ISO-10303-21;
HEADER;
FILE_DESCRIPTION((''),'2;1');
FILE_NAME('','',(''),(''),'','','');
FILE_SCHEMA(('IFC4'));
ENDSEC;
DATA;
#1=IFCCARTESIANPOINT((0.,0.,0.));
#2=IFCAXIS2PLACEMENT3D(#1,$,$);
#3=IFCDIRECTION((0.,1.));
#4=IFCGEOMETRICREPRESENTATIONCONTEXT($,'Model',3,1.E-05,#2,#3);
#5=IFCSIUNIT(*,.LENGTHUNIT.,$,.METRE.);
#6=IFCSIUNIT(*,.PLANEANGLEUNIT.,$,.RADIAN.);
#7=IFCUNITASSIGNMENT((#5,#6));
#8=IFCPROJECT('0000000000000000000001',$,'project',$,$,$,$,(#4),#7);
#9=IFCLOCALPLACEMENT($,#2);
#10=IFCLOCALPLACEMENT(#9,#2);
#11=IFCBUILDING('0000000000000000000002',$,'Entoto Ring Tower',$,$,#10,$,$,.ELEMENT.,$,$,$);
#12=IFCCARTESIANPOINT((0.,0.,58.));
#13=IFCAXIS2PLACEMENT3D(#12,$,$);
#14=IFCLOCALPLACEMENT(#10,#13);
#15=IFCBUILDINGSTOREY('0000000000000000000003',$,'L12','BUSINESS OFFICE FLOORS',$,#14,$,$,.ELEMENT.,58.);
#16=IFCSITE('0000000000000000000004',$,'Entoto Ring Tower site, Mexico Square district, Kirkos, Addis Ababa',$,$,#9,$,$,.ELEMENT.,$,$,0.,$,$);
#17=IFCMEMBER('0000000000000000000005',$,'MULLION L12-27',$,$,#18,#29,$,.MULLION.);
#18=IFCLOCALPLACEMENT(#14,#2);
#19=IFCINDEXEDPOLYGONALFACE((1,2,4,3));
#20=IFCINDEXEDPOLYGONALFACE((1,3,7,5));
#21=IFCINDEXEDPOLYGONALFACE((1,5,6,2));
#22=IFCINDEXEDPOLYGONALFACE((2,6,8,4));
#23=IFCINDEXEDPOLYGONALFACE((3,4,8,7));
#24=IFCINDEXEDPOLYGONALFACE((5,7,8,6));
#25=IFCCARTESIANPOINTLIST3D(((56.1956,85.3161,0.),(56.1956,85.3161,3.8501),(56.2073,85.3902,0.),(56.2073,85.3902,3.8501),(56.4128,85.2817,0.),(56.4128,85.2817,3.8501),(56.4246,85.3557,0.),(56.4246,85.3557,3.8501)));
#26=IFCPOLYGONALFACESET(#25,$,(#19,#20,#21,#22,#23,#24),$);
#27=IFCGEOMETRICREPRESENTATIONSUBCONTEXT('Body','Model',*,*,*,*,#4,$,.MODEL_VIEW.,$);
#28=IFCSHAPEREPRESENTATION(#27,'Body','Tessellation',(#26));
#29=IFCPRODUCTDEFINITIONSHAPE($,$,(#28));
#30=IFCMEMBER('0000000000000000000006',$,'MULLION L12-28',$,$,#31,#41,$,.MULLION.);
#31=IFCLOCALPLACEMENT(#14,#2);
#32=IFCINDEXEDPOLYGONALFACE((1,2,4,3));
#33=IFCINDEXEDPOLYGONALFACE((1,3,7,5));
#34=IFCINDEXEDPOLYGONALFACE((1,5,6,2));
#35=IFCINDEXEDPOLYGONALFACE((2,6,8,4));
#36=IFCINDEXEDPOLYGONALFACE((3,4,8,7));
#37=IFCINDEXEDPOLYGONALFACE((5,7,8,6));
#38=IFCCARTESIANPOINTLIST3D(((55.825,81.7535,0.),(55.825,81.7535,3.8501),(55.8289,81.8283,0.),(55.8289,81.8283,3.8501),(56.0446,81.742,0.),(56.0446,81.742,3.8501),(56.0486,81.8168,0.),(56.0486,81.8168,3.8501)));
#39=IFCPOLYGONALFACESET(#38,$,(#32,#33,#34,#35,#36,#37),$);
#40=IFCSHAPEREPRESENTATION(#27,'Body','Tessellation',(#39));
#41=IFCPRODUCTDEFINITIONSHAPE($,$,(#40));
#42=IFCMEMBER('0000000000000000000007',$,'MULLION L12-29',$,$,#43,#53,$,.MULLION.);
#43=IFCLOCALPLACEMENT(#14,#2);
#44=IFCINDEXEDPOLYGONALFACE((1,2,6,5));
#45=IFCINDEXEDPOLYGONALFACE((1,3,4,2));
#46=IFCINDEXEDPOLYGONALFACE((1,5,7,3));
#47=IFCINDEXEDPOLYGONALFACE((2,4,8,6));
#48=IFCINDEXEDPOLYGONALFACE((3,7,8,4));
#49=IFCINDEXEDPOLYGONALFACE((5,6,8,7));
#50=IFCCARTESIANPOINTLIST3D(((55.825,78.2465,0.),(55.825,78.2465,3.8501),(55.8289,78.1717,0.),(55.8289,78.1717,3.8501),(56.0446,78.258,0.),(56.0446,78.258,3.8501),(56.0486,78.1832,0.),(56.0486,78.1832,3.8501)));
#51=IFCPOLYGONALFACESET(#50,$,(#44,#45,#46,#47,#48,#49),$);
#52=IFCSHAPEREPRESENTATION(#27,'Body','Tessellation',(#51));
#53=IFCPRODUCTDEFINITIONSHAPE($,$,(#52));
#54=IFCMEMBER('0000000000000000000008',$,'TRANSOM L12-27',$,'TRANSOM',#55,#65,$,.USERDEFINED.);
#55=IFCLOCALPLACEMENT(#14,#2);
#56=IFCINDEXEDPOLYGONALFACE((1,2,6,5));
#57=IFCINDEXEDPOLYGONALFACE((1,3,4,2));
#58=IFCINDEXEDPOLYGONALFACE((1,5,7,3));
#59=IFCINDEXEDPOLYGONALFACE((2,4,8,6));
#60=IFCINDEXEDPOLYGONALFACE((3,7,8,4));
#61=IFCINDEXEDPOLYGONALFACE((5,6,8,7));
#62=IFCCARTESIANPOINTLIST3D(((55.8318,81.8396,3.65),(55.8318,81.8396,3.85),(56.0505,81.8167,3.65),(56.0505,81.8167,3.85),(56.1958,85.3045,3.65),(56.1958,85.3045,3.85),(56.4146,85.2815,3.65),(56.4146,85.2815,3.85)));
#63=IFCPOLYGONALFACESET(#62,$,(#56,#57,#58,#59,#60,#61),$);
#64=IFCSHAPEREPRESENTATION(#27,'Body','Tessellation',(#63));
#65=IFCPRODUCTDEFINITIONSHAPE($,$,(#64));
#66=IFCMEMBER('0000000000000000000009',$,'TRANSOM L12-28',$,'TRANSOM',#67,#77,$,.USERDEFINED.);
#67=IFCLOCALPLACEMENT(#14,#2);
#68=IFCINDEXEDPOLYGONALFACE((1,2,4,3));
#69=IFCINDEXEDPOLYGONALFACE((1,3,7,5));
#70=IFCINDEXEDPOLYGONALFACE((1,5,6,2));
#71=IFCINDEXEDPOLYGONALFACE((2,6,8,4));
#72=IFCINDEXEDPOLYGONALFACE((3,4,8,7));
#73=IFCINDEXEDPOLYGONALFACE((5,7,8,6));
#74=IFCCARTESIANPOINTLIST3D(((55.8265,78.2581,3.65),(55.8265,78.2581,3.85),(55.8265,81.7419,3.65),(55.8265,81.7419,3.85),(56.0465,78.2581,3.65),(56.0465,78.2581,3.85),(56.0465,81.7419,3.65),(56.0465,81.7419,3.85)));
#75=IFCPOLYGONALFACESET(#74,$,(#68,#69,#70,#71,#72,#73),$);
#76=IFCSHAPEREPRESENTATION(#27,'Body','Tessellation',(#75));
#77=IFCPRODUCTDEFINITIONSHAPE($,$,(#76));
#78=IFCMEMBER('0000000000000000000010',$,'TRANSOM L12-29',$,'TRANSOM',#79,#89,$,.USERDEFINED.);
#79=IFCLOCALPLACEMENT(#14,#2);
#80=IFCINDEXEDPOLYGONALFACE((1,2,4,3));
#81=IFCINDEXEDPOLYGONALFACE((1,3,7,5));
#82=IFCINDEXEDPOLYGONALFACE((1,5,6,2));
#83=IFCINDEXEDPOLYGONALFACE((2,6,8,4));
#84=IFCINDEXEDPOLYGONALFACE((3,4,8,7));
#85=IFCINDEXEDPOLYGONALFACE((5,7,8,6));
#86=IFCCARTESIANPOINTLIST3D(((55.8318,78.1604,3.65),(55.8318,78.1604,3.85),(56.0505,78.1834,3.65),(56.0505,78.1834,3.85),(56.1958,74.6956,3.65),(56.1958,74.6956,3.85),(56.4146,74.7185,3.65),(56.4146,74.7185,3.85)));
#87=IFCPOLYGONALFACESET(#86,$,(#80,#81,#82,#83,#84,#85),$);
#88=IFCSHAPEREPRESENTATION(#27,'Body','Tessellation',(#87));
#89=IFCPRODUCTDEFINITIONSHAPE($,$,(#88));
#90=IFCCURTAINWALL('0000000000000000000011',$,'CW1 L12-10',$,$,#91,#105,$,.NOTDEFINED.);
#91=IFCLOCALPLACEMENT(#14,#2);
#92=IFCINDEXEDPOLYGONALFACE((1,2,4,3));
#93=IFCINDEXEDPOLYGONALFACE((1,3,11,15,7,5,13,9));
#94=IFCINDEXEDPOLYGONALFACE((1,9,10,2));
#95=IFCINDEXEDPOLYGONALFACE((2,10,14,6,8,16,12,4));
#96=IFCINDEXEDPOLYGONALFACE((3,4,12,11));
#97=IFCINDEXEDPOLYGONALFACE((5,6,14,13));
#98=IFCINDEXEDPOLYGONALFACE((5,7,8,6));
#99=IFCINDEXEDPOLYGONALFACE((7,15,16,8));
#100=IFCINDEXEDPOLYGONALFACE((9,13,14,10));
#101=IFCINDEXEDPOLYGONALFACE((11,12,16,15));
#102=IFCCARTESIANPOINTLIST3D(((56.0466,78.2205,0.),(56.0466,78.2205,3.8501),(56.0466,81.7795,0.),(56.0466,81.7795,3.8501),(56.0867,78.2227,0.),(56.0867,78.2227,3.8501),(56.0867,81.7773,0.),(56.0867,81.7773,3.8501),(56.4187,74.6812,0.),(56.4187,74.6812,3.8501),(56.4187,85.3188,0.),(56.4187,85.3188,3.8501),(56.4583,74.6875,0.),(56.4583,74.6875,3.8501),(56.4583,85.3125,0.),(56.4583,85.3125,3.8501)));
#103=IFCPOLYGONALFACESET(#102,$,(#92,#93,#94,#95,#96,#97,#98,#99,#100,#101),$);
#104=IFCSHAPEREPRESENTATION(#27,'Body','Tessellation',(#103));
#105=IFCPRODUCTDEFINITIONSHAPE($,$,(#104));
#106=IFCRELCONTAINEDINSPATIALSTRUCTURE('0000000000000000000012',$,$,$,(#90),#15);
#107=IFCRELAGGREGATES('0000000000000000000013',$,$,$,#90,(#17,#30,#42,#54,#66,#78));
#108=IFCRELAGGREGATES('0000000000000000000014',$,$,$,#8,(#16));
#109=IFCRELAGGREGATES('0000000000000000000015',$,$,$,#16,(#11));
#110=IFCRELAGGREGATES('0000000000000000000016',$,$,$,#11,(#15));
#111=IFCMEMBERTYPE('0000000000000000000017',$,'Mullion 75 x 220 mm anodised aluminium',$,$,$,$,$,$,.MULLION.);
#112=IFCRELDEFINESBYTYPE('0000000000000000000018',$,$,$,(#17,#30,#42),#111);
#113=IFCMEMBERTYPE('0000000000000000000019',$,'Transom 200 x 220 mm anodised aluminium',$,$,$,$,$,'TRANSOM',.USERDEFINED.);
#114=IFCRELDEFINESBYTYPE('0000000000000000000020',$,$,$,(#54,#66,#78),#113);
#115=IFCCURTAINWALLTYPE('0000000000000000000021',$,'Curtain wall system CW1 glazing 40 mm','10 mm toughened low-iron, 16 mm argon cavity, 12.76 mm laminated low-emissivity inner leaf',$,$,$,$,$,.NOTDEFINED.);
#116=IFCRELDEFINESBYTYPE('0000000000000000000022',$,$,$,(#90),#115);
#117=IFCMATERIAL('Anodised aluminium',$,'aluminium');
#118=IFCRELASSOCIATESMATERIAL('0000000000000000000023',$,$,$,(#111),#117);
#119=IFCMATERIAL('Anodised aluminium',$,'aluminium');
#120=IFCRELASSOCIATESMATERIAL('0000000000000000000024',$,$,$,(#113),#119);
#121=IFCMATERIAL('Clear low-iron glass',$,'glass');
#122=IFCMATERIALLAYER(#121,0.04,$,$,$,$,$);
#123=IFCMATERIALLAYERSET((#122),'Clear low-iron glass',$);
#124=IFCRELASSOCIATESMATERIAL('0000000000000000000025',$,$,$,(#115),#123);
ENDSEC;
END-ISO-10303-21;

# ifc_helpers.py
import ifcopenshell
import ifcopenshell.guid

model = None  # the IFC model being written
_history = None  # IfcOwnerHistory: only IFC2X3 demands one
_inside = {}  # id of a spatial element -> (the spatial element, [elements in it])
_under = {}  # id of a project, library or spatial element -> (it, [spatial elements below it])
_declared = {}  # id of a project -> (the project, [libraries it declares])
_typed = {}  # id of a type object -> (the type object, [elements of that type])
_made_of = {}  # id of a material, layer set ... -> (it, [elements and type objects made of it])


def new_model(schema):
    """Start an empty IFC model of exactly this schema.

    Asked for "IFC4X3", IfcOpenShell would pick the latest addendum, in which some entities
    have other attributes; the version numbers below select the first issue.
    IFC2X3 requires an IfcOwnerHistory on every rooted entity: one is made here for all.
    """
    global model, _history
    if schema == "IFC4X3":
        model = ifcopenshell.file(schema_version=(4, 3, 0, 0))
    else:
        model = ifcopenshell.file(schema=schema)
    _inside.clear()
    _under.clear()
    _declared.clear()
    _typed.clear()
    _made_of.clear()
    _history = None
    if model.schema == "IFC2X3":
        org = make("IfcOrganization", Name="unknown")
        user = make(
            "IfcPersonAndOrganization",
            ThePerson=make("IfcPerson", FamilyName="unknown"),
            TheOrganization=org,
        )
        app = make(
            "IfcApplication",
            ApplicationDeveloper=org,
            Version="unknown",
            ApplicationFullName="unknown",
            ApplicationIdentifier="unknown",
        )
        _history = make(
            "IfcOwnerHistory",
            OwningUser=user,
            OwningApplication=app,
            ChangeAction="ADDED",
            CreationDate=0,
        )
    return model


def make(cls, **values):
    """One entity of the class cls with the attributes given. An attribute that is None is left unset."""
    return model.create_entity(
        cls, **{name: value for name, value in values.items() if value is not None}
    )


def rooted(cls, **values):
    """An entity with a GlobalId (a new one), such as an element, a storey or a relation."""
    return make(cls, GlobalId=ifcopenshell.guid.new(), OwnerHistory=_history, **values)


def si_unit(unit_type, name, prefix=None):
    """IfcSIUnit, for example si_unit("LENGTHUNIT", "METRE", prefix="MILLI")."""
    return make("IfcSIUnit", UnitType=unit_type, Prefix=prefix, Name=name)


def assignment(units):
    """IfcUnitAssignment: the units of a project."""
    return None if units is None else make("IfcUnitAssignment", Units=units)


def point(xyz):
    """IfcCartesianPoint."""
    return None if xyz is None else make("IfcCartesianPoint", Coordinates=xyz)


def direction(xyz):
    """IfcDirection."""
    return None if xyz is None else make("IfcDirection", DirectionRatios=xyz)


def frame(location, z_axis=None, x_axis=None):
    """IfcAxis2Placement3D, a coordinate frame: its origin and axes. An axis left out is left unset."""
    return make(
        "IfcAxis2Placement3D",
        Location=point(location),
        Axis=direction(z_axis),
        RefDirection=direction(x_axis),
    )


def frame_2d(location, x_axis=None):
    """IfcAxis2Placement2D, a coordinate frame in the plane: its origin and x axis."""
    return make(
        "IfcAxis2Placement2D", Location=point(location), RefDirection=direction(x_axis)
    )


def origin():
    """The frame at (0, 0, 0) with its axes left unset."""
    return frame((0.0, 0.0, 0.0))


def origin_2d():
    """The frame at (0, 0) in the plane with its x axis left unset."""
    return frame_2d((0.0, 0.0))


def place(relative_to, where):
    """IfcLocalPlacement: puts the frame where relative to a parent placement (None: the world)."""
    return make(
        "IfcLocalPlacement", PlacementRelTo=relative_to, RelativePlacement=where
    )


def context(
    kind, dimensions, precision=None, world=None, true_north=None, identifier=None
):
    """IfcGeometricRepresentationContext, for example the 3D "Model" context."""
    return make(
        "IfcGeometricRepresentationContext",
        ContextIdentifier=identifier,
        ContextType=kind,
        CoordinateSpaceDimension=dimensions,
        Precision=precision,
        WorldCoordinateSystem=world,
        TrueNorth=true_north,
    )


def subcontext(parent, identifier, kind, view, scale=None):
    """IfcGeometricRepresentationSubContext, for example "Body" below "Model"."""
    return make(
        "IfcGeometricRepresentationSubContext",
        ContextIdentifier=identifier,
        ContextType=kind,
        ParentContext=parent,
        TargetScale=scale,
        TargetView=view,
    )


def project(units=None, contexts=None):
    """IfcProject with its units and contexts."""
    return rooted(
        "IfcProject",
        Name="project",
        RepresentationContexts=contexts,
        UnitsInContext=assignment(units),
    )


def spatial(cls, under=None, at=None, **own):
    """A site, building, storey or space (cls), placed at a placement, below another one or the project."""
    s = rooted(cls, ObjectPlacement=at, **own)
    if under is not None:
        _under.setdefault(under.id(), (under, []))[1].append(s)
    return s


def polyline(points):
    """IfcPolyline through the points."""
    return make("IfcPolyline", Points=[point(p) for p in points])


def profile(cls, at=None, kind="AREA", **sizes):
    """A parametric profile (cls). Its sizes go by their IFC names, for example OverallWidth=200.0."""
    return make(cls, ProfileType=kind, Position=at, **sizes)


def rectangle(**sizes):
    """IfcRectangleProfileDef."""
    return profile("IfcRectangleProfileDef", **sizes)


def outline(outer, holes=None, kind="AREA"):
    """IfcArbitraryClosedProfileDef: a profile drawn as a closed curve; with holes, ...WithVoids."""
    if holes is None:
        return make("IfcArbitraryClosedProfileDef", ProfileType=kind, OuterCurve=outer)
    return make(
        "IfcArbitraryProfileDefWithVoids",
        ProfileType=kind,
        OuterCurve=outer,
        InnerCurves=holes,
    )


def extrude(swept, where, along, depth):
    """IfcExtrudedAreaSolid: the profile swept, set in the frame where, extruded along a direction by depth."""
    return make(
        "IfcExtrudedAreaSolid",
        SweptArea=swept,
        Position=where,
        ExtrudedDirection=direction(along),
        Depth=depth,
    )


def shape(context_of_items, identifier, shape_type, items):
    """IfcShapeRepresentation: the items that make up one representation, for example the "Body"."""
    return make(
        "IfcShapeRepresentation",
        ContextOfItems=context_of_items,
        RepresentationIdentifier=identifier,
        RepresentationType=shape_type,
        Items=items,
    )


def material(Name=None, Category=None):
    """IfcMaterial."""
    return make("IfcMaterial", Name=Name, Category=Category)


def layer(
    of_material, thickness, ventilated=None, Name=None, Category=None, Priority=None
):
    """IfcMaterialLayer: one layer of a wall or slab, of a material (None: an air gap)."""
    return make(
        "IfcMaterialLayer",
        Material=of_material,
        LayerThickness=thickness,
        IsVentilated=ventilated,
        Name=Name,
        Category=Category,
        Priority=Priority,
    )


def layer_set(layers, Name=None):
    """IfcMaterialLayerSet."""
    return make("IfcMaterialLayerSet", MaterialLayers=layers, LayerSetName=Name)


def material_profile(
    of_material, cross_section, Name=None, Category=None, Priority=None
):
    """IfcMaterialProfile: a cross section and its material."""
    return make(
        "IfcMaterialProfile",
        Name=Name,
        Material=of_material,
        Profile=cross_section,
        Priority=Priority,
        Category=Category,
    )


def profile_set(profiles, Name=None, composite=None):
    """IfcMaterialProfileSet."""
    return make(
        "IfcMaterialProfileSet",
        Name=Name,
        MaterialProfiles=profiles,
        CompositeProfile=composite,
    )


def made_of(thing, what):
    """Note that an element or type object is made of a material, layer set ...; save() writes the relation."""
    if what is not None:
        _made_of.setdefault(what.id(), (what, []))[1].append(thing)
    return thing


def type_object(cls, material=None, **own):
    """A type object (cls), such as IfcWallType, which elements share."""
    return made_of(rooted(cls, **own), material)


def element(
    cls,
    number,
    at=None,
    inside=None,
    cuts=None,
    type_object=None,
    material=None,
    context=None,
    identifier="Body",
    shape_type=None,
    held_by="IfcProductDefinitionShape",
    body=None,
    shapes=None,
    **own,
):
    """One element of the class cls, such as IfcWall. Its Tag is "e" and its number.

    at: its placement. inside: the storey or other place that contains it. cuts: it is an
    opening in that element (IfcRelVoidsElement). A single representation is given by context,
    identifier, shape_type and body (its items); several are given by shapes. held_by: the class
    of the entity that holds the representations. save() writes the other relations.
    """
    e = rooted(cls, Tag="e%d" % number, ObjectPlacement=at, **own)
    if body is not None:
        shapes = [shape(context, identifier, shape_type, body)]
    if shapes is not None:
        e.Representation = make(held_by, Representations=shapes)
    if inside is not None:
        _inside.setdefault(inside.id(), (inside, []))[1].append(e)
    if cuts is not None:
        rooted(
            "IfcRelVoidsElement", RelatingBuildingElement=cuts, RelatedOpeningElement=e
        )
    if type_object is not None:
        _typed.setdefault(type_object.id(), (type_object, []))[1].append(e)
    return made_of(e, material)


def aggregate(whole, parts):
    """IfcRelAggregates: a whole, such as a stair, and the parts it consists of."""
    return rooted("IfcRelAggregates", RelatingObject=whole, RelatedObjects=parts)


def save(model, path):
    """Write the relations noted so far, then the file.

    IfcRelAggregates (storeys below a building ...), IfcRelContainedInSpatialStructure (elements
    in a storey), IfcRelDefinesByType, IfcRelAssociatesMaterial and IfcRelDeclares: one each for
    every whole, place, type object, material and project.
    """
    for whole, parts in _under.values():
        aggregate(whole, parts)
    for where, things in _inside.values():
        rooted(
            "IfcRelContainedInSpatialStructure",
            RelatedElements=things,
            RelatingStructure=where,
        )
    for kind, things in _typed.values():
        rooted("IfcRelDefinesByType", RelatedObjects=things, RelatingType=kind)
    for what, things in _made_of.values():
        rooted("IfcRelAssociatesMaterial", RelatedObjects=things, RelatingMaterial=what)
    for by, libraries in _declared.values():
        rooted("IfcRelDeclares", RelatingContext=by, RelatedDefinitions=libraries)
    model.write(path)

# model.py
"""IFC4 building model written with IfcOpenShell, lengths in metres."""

from ifc_helpers import new_model, si_unit, direction, frame, origin, origin_2d, place, context, subcontext, project, spatial, polyline, rectangle, outline, extrude, material, layer, layer_set, material_profile, profile_set, type_object, element, aggregate, save


model = new_model("IFC4")

# Units and contexts
model_context = context("Model", 3, precision=1e-05, world=origin(), true_north=direction((0.0, 1.0)))
body_context = subcontext(model_context, "Body", "Model", "MODEL_VIEW")
ifc_project = project(units=[si_unit("LENGTHUNIT", "METRE"), si_unit("PLANEANGLEUNIT", "RADIAN")], contexts=[model_context])

# Members
ifc_material_1 = material(Name="Anodised aluminium", Category="aluminium")
ifc_material_profile_1 = material_profile(ifc_material_1, rectangle(XDim=0.075, YDim=0.22, at=origin_2d()), Name="Mullion 75 x 220 mm anodised aluminium")
ifc_profile_set_1 = profile_set([ifc_material_profile_1], Name="Anodised aluminium")
member_type_1 = type_object("IfcMemberType", Name="Mullion 75 x 220 mm anodised aluminium", PredefinedType="MULLION", material=ifc_profile_set_1)
site_placement = place(None, origin())
building_placement = place(site_placement, origin())
storey_placement = place(building_placement, frame((0.0, 0.0, 58.0)))
member_1_placement = place(storey_placement, frame((56.3101, 85.3359, 0.0), z_axis=(0.0, 0.0, 1.0), x_axis=(-0.156434, -0.987688, 0.0)))
member_1 = element("IfcMember", 1, at=member_1_placement, type_object=member_type_1, Name="MULLION L12-27", PredefinedType="MULLION", context=body_context, shape_type="SweptSolid", body=[
    extrude(rectangle(XDim=0.075, YDim=0.22, at=origin_2d()), origin(), (0.0, 0.0, 1.0), 3.8501),
])
member_2_placement = place(storey_placement, frame((55.9368, 81.7852, 0.0), z_axis=(0.0, 0.0, 1.0), x_axis=(-0.052336, -0.99863, 0.0)))
member_2 = element("IfcMember", 2, at=member_2_placement, type_object=member_type_1, Name="MULLION L12-28", PredefinedType="MULLION", context=body_context, shape_type="SweptSolid", body=[
    extrude(rectangle(XDim=0.075, YDim=0.22, at=origin_2d()), origin(), (0.0, 0.0, 1.0), 3.8501),
])
member_3_placement = place(storey_placement, frame((55.9368, 78.2148, 0.0), z_axis=(0.0, 0.0, 1.0), x_axis=(0.052336, -0.99863, 0.0)))
member_3 = element("IfcMember", 3, at=member_3_placement, type_object=member_type_1, Name="MULLION L12-29", PredefinedType="MULLION", context=body_context, shape_type="SweptSolid", body=[
    extrude(rectangle(XDim=0.075, YDim=0.22, at=origin_2d()), origin(), (0.0, 0.0, 1.0), 3.8501),
])
ifc_material_2 = material(Name="Anodised aluminium", Category="aluminium")
ifc_material_profile_2 = material_profile(ifc_material_2, rectangle(XDim=0.22, YDim=0.2, at=origin_2d()), Name="Transom 200 x 220 mm anodised aluminium")
ifc_profile_set_2 = profile_set([ifc_material_profile_2], Name="Anodised aluminium")
member_type_2 = type_object("IfcMemberType", Name="Transom 200 x 220 mm anodised aluminium", ElementType="TRANSOM", PredefinedType="USERDEFINED", material=ifc_profile_set_2)
member_4_placement = place(storey_placement, frame((56.3052, 85.293, 3.75), z_axis=(-0.104484, -0.994527, 0.0), x_axis=(0.994527, -0.104484, 0.0)))
member_4 = element("IfcMember", 4, at=member_4_placement, type_object=member_type_2, Name="TRANSOM L12-27", ObjectType="TRANSOM", PredefinedType="USERDEFINED", context=body_context, shape_type="SweptSolid", body=[
    extrude(rectangle(XDim=0.22, YDim=0.2, at=origin_2d()), origin(), (0.0, 0.0, 1.0), 3.4839),
])
member_5_placement = place(storey_placement, frame((55.9365, 81.7419, 3.75), z_axis=(0.0, -1.0, 0.0), x_axis=(1.0, 0.0, 0.0)))
member_5 = element("IfcMember", 5, at=member_5_placement, type_object=member_type_2, Name="TRANSOM L12-28", ObjectType="TRANSOM", PredefinedType="USERDEFINED", context=body_context, shape_type="SweptSolid", body=[
    extrude(rectangle(XDim=0.22, YDim=0.2, at=origin_2d()), origin(), (0.0, 0.0, 1.0), 3.4839),
])
member_6_placement = place(storey_placement, frame((55.9412, 78.1719, 3.75), z_axis=(0.104484, -0.994527, 0.0), x_axis=(0.994527, 0.104484, 0.0)))
member_6 = element("IfcMember", 6, at=member_6_placement, type_object=member_type_2, Name="TRANSOM L12-29", ObjectType="TRANSOM", PredefinedType="USERDEFINED", context=body_context, shape_type="SweptSolid", body=[
    extrude(rectangle(XDim=0.22, YDim=0.2, at=origin_2d()), origin(), (0.0, 0.0, 1.0), 3.4839),
])

# Site, building, storey
site = spatial("IfcSite", under=ifc_project, at=site_placement, Name="Entoto Ring Tower site, Mexico Square district, Kirkos, Addis Ababa", CompositionType="ELEMENT", RefElevation=0.0)
building = spatial("IfcBuilding", under=site, at=building_placement, Name="Entoto Ring Tower", CompositionType="ELEMENT")
storey = spatial("IfcBuildingStorey", under=building, at=storey_placement, Name="L12", Description="BUSINESS OFFICE FLOORS", CompositionType="ELEMENT", Elevation=58.0)

# Curtain wall
ifc_material_3 = material(Name="Clear low-iron glass", Category="glass")
ifc_layer = layer(ifc_material_3, 0.04)
ifc_layer_set = layer_set([ifc_layer], Name="Clear low-iron glass")
curtain_wall_type = type_object("IfcCurtainWallType", Name="Curtain wall system CW1 glazing 40 mm", Description="10 mm toughened low-iron, 16 mm argon cavity, 12.76 mm laminated low-emissivity inner leaf", PredefinedType="NOTDEFINED", material=ifc_layer_set)
curtain_wall_1_placement = place(storey_placement, origin())
curtain_wall_1 = element("IfcCurtainWall", 7, at=curtain_wall_1_placement, inside=storey, type_object=curtain_wall_type, Name="CW1 L12-10", PredefinedType="NOTDEFINED", context=body_context, shape_type="SweptSolid", body=[
    extrude(outline(polyline([(56.4187, 85.3188), (56.0466, 81.7795), (56.0466, 78.2205), (56.4187, 74.6812), (56.4583, 74.6875), (56.0867, 78.2227), (56.0867, 81.7773), (56.4583, 85.3125), (56.4187, 85.3188)])), origin(), (0.0, 0.0, 1.0), 3.8501),
])
aggregate(curtain_wall_1, [member_1, member_2, member_3, member_4, member_5, member_6])

save(model, "model.ifc")
